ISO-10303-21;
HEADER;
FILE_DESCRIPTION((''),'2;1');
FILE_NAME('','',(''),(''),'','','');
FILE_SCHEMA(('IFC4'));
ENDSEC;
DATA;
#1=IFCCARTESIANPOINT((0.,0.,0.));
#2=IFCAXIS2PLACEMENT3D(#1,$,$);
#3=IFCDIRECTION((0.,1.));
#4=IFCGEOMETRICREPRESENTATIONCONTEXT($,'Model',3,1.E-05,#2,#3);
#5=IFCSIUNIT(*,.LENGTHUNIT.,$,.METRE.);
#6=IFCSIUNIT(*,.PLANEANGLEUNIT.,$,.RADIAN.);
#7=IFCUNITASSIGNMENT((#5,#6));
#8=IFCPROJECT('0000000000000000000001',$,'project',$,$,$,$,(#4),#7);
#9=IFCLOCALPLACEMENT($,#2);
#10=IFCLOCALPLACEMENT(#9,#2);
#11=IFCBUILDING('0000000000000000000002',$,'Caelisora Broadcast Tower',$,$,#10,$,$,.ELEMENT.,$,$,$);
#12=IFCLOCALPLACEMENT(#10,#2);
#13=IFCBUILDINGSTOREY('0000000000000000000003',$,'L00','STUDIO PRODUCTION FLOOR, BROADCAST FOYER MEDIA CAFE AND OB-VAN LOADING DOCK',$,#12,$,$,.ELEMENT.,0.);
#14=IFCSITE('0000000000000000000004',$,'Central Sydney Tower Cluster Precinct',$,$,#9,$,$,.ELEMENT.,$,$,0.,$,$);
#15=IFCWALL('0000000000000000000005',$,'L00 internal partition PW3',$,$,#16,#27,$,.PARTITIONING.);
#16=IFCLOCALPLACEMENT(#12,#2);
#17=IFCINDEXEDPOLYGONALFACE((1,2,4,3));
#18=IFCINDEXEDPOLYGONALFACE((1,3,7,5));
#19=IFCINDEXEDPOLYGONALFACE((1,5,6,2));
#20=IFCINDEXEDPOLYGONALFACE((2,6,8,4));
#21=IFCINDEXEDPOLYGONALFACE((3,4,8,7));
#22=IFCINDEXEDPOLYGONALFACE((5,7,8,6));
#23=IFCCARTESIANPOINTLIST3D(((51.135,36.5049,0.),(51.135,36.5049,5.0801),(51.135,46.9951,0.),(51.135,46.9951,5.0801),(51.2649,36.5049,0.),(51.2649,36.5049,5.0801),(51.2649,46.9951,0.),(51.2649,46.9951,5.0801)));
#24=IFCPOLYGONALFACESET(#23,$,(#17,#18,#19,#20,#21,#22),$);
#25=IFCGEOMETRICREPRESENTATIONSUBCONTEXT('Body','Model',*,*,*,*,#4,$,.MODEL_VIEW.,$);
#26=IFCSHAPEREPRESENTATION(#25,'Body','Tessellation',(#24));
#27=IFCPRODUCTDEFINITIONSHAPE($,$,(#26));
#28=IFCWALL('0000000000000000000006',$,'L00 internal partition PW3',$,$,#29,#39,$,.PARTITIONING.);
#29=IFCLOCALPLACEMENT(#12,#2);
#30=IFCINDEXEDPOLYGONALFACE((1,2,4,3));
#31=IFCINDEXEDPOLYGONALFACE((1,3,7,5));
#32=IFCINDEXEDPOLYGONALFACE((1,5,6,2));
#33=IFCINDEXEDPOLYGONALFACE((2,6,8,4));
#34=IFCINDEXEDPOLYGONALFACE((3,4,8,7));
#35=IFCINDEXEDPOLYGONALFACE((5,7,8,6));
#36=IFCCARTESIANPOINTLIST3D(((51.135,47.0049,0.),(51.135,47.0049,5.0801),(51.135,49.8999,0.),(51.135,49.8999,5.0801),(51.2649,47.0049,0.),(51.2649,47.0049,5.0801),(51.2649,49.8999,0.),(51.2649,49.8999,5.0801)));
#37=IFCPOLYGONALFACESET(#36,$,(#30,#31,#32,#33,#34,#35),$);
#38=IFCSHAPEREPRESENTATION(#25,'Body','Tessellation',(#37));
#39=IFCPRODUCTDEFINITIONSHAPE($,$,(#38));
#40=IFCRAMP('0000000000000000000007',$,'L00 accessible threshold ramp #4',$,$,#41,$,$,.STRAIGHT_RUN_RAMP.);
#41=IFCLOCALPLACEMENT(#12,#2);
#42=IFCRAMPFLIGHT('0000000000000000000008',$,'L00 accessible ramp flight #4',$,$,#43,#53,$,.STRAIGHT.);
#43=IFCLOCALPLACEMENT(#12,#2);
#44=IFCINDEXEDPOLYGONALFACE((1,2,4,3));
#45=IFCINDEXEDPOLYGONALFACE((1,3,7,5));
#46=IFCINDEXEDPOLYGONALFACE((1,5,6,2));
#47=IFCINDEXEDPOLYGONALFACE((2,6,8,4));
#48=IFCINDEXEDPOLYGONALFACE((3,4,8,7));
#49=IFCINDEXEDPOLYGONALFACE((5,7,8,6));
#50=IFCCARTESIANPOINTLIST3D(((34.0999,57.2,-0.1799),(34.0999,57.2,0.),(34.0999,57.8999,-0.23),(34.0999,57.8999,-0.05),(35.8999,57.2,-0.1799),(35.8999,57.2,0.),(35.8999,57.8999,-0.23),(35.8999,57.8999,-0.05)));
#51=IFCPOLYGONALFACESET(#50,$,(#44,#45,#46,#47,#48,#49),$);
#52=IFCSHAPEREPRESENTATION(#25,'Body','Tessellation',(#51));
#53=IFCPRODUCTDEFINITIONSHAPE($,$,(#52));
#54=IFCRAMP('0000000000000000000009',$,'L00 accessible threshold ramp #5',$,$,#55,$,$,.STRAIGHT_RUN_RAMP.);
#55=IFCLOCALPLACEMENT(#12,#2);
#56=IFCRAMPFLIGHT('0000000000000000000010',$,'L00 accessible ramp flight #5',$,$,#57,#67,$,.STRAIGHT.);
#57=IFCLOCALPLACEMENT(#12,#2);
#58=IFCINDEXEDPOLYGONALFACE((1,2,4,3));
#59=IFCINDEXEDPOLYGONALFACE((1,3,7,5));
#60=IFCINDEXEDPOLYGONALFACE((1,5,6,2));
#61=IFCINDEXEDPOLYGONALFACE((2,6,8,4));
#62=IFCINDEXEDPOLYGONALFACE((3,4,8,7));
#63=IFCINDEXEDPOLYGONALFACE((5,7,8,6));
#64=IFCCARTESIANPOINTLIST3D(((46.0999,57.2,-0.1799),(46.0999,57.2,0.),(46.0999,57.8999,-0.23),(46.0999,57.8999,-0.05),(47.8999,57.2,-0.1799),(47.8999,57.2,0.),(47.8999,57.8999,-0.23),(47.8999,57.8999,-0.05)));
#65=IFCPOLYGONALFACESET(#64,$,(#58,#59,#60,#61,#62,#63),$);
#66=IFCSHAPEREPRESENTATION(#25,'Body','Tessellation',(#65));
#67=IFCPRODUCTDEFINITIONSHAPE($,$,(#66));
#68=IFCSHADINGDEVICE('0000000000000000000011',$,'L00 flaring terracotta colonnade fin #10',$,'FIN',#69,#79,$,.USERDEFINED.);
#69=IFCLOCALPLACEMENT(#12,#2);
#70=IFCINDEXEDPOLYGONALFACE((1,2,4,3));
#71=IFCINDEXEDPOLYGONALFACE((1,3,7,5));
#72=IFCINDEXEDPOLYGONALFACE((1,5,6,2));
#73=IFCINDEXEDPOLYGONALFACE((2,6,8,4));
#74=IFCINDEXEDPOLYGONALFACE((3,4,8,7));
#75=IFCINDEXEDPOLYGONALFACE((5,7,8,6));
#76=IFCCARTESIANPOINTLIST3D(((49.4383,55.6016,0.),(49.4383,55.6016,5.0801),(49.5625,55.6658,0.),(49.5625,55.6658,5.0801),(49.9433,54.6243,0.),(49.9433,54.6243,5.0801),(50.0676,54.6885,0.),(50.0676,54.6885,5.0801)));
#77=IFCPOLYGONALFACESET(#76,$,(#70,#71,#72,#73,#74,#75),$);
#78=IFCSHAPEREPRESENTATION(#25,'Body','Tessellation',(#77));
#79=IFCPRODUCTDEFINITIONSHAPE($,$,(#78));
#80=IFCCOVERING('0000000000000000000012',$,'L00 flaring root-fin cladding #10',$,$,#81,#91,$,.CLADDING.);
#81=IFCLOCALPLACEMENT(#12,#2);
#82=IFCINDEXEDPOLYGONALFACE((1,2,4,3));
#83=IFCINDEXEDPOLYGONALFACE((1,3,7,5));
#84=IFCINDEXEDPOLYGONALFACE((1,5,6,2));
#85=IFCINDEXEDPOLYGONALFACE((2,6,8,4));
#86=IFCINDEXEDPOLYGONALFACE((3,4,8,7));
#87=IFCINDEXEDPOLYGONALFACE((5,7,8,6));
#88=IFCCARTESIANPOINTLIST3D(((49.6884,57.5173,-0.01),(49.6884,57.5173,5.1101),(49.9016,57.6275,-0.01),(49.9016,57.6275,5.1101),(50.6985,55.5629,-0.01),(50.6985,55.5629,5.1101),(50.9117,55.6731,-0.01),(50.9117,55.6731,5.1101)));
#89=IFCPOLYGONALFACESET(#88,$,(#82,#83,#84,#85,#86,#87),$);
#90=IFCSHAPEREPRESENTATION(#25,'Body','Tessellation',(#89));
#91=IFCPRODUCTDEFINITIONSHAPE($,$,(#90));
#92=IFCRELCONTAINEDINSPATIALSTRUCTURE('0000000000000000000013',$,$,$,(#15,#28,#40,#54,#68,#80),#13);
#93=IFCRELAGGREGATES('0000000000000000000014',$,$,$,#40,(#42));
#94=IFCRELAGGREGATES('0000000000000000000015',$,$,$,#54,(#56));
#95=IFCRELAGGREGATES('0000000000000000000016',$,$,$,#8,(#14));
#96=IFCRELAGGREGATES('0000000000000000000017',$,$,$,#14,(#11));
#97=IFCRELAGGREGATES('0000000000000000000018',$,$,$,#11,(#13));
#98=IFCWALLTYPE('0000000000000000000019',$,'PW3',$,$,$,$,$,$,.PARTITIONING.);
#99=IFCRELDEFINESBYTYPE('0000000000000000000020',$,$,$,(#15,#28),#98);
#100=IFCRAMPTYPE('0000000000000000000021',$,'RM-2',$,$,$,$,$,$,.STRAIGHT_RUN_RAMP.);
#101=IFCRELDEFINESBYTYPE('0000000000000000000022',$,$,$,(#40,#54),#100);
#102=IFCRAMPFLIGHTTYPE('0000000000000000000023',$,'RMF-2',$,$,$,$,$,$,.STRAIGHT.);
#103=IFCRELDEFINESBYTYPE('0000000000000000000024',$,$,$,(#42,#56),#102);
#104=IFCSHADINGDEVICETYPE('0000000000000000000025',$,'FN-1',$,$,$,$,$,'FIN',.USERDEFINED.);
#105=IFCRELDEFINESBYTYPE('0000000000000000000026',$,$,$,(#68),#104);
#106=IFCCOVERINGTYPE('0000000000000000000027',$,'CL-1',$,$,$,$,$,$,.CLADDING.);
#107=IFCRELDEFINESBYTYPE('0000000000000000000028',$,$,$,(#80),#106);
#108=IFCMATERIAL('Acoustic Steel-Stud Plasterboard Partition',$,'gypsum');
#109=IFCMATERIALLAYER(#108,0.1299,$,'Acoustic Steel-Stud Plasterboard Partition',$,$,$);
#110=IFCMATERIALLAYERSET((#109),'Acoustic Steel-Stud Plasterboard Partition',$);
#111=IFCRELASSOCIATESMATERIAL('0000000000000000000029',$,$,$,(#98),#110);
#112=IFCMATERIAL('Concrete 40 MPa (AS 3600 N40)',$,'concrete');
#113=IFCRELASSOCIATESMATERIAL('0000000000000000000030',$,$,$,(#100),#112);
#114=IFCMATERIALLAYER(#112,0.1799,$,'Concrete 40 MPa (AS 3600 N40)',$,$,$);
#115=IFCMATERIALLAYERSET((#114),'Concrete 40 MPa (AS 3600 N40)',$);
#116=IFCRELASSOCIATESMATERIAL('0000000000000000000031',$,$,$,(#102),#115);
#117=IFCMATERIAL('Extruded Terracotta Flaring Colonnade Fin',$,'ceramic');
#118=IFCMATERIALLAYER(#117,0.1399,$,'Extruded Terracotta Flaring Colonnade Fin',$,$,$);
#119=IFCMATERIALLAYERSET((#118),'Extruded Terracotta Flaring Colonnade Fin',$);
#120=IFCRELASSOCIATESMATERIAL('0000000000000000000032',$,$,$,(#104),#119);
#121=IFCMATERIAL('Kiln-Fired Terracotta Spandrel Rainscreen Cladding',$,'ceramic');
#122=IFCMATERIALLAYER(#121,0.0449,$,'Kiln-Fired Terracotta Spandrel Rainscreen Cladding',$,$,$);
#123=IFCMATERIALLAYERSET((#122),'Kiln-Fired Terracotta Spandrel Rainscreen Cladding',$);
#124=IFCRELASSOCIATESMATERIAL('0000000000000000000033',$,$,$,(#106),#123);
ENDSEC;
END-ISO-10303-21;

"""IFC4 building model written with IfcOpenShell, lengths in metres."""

from ifc_helpers import new_model, si_unit, direction, frame, frame_2d, origin, origin_2d, place, context, subcontext, project, spatial, polyline, rectangle, outline, extrude, source, transform, mapped, material, layer, layer_set, type_object, type_shapes, element, aggregate, save


model = new_model("IFC4")

# Units and contexts
model_context = context("Model", 3, precision=1e-05, world=origin(), true_north=direction((0.0, 1.0)))
body_context = subcontext(model_context, "Body", "Model", "MODEL_VIEW")
ifc_project = project(units=[si_unit("LENGTHUNIT", "METRE"), si_unit("PLANEANGLEUNIT", "RADIAN")], contexts=[model_context])

# Site, building, storey
site_placement = place(None, origin())
site = spatial("IfcSite", under=ifc_project, at=site_placement, Name="Central Sydney Tower Cluster Precinct", CompositionType="ELEMENT", RefElevation=0.0)
building_placement = place(site_placement, origin())
building = spatial("IfcBuilding", under=site, at=building_placement, Name="Caelisora Broadcast Tower", CompositionType="ELEMENT")
storey_placement = place(building_placement, origin())
storey = spatial("IfcBuildingStorey", under=building, at=storey_placement, Name="L00", Description="STUDIO PRODUCTION FLOOR, BROADCAST FOYER MEDIA CAFE AND OB-VAN LOADING DOCK", CompositionType="ELEMENT", Elevation=0.0)

# Walls
ifc_material_1 = material(Name="Acoustic Steel-Stud Plasterboard Partition", Category="gypsum")
ifc_layer_1 = layer(ifc_material_1, 0.1299, Name="Acoustic Steel-Stud Plasterboard Partition")
ifc_layer_set_1 = layer_set([ifc_layer_1], Name="Acoustic Steel-Stud Plasterboard Partition")
wall_type = type_object("IfcWallType", Name="PW3", PredefinedType="PARTITIONING", material=ifc_layer_set_1)
wall_1_placement = place(storey_placement, frame((51.2, 36.5049, 0.0), z_axis=(0.0, 0.0, 1.0), x_axis=(0.0, 1.0, 0.0)))
element("IfcWall", 1, at=wall_1_placement, inside=storey, type_object=wall_type, Name="L00 internal partition PW3", PredefinedType="PARTITIONING", context=body_context, shape_type="SweptSolid", body=[
    extrude(rectangle(XDim=10.4902, YDim=0.1299, at=frame_2d((5.2451, 0.0))), origin(), (0.0, 0.0, 1.0), 5.0801),
])
wall_2_placement = place(storey_placement, frame((51.2, 49.8999, 0.0), z_axis=(0.0, 0.0, 1.0), x_axis=(0.0, -1.0, 0.0)))
element("IfcWall", 2, at=wall_2_placement, inside=storey, type_object=wall_type, Name="L00 internal partition PW3", PredefinedType="PARTITIONING", context=body_context, shape_type="SweptSolid", body=[
    extrude(rectangle(XDim=2.895, YDim=0.1299, at=frame_2d((1.4475, 0.0))), origin(), (0.0, 0.0, 1.0), 5.0801),
])

# Ramps, ramp flights
ifc_material_2 = material(Name="Concrete 40 MPa (AS 3600 N40)", Category="concrete")
ramp_type = type_object("IfcRampType", Name="RM-2", PredefinedType="STRAIGHT_RUN_RAMP", material=ifc_material_2)
ramp_1_placement = place(storey_placement, origin())
ramp_1 = element("IfcRamp", 3, at=ramp_1_placement, inside=storey, type_object=ramp_type, Name="L00 accessible threshold ramp #4", PredefinedType="STRAIGHT_RUN_RAMP")
ifc_layer_2 = layer(ifc_material_2, 0.1799, Name="Concrete 40 MPa (AS 3600 N40)")
ifc_layer_set_2 = layer_set([ifc_layer_2], Name="Concrete 40 MPa (AS 3600 N40)")
ramp_flight_type = type_object("IfcRampFlightType", Name="RMF-2", PredefinedType="STRAIGHT", material=ifc_layer_set_2)
ramp_flight_1_placement = place(storey_placement, frame((35.0, 57.8999, -0.05), z_axis=(0.0, 0.0, 1.0), x_axis=(0.0, -1.0, 0.0)))
ramp_flight_1 = element("IfcRampFlight", 4, at=ramp_flight_1_placement, type_object=ramp_flight_type, Name="L00 accessible ramp flight #4", PredefinedType="STRAIGHT", context=body_context, shape_type="SweptSolid", body=[
    extrude(outline(polyline([(0.0, 0.0), (0.7, 0.05), (0.7, -0.1299), (0.0, -0.1799), (0.0, 0.0)])), frame((0.0, 0.8999, 0.0), z_axis=(0.0, -1.0, 0.0), x_axis=(1.0, 0.0, 0.0)), (0.0, 0.0, 1.0), 1.8),
])
aggregate(ramp_1, [ramp_flight_1])
ramp_2_placement = place(storey_placement, origin())
ramp_2 = element("IfcRamp", 5, at=ramp_2_placement, inside=storey, type_object=ramp_type, Name="L00 accessible threshold ramp #5", PredefinedType="STRAIGHT_RUN_RAMP")
ramp_flight_2_placement = place(storey_placement, frame((47.0, 57.8999, -0.05), z_axis=(0.0, 0.0, 1.0), x_axis=(0.0, -1.0, 0.0)))
ramp_flight_2 = element("IfcRampFlight", 6, at=ramp_flight_2_placement, type_object=ramp_flight_type, Name="L00 accessible ramp flight #5", PredefinedType="STRAIGHT", context=body_context, shape_type="SweptSolid", body=[
    extrude(outline(polyline([(0.0, 0.0), (0.7, 0.05), (0.7, -0.1299), (0.0, -0.1799), (0.0, 0.0)])), frame((0.0, 0.8999, 0.0), z_axis=(0.0, -1.0, 0.0), x_axis=(1.0, 0.0, 0.0)), (0.0, 0.0, 1.0), 1.8),
])
aggregate(ramp_2, [ramp_flight_2])

# Shading device
ifc_material_3 = material(Name="Extruded Terracotta Flaring Colonnade Fin", Category="ceramic")
ifc_layer_3 = layer(ifc_material_3, 0.1399, Name="Extruded Terracotta Flaring Colonnade Fin")
ifc_layer_set_3 = layer_set([ifc_layer_3], Name="Extruded Terracotta Flaring Colonnade Fin")
shading_device_type = type_object("IfcShadingDeviceType", Name="FN-1", ElementType="FIN", PredefinedType="USERDEFINED", material=ifc_layer_set_3)
shared_shape_1 = source(origin(), body_context, "Body", "SweptSolid", [
    extrude(rectangle(XDim=1.1001, YDim=0.1399, at=origin_2d()), origin(), (0.0, 0.0, 1.0), 5.0801),
])
type_shapes(shading_device_type, [shared_shape_1])
shading_device_placement = place(storey_placement, frame((49.7529, 55.145, 0.0), z_axis=(0.0, 0.0, 1.0), x_axis=(-0.459115, 0.888377, 0.0)))
element("IfcShadingDevice", 7, at=shading_device_placement, inside=storey, type_object=shading_device_type, Name="L00 flaring terracotta colonnade fin #10", ObjectType="FIN", PredefinedType="USERDEFINED", context=body_context, shape_type="MappedRepresentation", body=[
    mapped(shared_shape_1, transform((0.0, 0.0, 0.0), scale=1.0)),
])

# Covering
ifc_material_4 = material(Name="Kiln-Fired Terracotta Spandrel Rainscreen Cladding", Category="ceramic")
ifc_layer_4 = layer(ifc_material_4, 0.0449, Name="Kiln-Fired Terracotta Spandrel Rainscreen Cladding")
ifc_layer_set_4 = layer_set([ifc_layer_4], Name="Kiln-Fired Terracotta Spandrel Rainscreen Cladding")
covering_type = type_object("IfcCoveringType", Name="CL-1", PredefinedType="CLADDING", material=ifc_layer_set_4)
shared_shape_2 = source(origin(), body_context, "Body", "SweptSolid", [
    extrude(rectangle(XDim=2.2, YDim=0.24, at=origin_2d()), origin(), (0.0, 0.0, 1.0), 5.1201),
])
type_shapes(covering_type, [shared_shape_2])
covering_placement = place(storey_placement, frame((50.3, 56.5952, -0.01), z_axis=(0.0, 0.0, 1.0), x_axis=(-0.459115, 0.888377, 0.0)))
element("IfcCovering", 8, at=covering_placement, inside=storey, type_object=covering_type, Name="L00 flaring root-fin cladding #10", PredefinedType="CLADDING", context=body_context, shape_type="MappedRepresentation", body=[
    mapped(shared_shape_2, transform((0.0, 0.0, 0.0), scale=1.0)),
])

save(model, "model.ifc")
